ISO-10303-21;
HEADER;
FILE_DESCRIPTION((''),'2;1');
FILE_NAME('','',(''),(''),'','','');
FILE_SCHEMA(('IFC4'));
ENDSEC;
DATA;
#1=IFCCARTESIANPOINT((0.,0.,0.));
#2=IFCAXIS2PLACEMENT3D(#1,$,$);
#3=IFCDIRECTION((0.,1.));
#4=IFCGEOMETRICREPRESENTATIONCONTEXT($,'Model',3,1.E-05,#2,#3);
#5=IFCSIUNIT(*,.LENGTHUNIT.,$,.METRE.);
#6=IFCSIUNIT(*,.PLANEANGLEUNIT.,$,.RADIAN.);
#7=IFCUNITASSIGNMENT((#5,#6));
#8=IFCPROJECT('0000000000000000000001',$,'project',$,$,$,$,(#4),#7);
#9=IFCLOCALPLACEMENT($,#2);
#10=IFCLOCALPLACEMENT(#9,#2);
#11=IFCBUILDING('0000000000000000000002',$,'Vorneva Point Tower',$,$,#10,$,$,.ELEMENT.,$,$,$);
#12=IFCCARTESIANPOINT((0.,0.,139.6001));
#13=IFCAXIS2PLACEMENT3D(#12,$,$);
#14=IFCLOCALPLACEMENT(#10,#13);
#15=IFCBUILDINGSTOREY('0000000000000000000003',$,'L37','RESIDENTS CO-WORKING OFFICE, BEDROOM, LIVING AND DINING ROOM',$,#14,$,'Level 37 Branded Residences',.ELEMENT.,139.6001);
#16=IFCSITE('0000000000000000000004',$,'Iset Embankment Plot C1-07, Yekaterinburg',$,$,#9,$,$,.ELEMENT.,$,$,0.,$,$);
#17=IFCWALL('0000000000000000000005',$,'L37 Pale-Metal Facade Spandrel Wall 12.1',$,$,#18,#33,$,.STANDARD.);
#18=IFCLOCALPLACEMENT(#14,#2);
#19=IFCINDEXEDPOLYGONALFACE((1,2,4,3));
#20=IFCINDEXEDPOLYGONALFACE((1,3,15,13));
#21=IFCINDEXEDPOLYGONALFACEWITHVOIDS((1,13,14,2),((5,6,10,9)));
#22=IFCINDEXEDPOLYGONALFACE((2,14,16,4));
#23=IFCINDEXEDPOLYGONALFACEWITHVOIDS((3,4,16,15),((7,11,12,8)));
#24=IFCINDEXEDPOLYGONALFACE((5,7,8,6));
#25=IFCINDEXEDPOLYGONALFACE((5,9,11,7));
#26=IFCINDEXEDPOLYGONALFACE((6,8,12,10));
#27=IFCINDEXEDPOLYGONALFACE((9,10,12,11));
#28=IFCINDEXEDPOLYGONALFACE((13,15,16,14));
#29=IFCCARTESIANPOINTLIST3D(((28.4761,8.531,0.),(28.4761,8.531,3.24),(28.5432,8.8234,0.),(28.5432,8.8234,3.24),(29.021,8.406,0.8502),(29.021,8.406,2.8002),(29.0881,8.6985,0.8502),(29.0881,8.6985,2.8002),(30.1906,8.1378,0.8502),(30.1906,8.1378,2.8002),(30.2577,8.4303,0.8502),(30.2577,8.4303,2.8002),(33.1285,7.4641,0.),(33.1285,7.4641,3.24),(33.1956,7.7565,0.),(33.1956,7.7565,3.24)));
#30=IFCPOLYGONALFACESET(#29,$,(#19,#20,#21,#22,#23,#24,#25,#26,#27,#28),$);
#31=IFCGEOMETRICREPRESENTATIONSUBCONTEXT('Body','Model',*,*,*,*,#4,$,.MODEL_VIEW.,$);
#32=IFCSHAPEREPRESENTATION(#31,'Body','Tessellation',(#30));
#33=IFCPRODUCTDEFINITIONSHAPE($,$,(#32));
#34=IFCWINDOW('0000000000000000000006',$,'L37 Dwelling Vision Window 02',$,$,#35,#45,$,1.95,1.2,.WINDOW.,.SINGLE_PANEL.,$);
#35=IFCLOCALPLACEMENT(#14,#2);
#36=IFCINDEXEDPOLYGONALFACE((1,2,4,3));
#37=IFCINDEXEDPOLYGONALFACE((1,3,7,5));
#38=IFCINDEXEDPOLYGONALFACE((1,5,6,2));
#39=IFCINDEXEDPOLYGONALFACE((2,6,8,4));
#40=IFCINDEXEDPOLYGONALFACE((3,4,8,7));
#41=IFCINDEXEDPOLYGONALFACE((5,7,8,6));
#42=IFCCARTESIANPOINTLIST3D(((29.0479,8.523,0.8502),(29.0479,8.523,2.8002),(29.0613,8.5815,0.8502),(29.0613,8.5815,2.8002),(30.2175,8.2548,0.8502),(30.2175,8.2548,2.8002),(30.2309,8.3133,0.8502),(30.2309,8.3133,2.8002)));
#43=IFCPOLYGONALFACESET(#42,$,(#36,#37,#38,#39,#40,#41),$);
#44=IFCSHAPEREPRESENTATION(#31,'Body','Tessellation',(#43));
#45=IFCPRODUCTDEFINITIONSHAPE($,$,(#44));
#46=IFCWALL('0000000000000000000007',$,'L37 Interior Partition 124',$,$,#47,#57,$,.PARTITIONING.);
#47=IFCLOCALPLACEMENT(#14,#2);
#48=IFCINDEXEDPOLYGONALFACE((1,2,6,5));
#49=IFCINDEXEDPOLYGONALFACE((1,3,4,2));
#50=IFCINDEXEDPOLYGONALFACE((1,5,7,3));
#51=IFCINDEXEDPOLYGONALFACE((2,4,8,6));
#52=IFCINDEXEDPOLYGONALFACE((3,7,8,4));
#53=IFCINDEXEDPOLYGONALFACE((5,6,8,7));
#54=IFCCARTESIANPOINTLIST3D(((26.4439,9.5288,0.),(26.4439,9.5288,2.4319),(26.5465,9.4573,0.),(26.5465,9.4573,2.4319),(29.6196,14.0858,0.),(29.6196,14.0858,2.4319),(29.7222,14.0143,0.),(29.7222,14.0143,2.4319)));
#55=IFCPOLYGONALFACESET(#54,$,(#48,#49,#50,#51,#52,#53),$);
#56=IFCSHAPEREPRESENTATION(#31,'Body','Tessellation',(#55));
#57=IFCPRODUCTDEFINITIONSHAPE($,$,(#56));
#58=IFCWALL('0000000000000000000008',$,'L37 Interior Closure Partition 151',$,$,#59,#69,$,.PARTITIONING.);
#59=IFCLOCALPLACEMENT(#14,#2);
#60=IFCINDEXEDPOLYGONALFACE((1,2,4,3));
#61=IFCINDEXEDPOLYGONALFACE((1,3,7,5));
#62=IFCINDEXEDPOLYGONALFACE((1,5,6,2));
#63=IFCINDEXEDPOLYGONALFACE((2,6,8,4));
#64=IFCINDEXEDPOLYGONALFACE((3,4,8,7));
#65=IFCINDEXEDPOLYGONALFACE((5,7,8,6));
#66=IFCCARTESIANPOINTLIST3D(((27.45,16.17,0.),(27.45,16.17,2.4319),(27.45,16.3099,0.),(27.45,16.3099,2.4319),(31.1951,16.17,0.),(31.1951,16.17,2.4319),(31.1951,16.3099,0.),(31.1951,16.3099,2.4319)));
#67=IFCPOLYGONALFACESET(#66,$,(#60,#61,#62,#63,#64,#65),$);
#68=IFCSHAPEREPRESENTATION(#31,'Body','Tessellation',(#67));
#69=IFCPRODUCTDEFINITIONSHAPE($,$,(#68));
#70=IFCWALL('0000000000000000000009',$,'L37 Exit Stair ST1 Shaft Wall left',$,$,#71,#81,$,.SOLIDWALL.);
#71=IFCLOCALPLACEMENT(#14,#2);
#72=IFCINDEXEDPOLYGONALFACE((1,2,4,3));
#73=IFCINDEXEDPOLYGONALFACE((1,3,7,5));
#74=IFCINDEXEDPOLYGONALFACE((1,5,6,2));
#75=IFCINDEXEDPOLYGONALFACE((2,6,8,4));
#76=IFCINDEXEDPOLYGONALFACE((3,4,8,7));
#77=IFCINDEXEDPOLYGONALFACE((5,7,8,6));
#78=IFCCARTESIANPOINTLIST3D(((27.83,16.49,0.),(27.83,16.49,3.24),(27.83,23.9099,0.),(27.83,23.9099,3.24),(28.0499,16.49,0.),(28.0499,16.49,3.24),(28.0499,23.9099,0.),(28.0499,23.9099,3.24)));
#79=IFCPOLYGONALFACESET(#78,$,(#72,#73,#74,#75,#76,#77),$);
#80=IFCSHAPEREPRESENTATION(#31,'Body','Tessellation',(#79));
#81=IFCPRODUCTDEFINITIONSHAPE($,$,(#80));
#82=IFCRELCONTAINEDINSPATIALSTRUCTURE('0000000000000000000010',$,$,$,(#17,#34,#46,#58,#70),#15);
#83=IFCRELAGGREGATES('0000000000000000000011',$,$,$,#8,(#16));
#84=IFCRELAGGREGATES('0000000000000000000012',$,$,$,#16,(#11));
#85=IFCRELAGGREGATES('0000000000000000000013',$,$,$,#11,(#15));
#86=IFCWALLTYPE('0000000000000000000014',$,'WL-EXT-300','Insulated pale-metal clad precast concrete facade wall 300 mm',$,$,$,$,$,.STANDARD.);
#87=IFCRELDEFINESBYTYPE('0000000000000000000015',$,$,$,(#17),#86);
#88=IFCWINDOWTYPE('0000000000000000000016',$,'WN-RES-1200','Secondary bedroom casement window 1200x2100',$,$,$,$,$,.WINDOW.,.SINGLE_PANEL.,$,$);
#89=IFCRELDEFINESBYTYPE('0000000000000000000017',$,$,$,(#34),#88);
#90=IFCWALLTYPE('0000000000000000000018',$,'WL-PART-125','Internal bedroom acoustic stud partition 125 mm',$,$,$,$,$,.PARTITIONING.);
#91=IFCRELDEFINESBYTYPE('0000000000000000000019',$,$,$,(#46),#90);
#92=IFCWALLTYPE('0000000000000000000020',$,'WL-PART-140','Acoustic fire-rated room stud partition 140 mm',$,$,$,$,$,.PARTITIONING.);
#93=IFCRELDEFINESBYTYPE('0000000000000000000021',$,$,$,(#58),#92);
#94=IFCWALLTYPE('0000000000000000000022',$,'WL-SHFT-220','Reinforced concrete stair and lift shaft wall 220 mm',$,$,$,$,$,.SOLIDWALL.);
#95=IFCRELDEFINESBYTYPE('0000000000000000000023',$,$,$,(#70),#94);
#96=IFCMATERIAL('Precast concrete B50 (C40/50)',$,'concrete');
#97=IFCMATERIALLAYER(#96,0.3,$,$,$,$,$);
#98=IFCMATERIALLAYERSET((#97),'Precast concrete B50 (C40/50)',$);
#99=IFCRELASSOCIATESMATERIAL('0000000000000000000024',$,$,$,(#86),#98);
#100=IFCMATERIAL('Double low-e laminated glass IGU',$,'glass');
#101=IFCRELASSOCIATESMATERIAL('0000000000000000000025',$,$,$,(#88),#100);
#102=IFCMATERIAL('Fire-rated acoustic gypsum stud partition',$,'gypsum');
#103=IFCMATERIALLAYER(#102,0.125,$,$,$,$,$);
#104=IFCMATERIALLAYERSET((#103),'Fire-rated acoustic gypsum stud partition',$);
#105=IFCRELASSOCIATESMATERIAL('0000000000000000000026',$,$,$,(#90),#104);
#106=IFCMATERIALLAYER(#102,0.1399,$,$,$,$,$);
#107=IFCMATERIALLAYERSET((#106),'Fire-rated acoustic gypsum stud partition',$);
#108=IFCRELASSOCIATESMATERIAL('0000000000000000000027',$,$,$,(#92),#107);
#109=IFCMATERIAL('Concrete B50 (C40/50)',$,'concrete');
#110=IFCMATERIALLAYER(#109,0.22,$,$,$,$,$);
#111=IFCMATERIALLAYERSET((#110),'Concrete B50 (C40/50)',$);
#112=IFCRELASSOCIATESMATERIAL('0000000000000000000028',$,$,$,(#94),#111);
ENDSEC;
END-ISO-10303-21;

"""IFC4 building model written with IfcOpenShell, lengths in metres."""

from ifc_helpers import new_model, si_unit, direction, frame, frame_2d, origin, place, context, subcontext, project, spatial, rectangle, extrude, material, layer, layer_set, type_object, element, fill, save


model = new_model("IFC4")

# Units and contexts
model_context = context("Model", 3, precision=1e-05, world=origin(), true_north=direction((0.0, 1.0)))
body_context = subcontext(model_context, "Body", "Model", "MODEL_VIEW")
ifc_project = project(units=[si_unit("LENGTHUNIT", "METRE"), si_unit("PLANEANGLEUNIT", "RADIAN")], contexts=[model_context])

# Site, building, storey
site_placement = place(None, origin())
site = spatial("IfcSite", under=ifc_project, at=site_placement, Name="Iset Embankment Plot C1-07, Yekaterinburg", CompositionType="ELEMENT", RefElevation=0.0)
building_placement = place(site_placement, origin())
building = spatial("IfcBuilding", under=site, at=building_placement, Name="Vorneva Point Tower", CompositionType="ELEMENT")
storey_placement = place(building_placement, frame((0.0, 0.0, 139.6001)))
storey = spatial("IfcBuildingStorey", under=building, at=storey_placement, Name="L37", Description="RESIDENTS CO-WORKING OFFICE, BEDROOM, LIVING AND DINING ROOM", LongName="Level 37 Branded Residences", CompositionType="ELEMENT", Elevation=139.6001)

# Wall, opening, window
ifc_material_1 = material(Name="Precast concrete B50 (C40/50)", Category="concrete")
ifc_layer_1 = layer(ifc_material_1, 0.3)
ifc_layer_set_1 = layer_set([ifc_layer_1], Name="Precast concrete B50 (C40/50)")
wall_type_1 = type_object("IfcWallType", Name="WL-EXT-300", Description="Insulated pale-metal clad precast concrete facade wall 300 mm", PredefinedType="STANDARD", material=ifc_layer_set_1)
wall_1_placement = place(storey_placement, frame((28.5095, 8.6772, 0.0), z_axis=(0.0, 0.0, 1.0), x_axis=(0.974699, -0.223522, 0.0)))
wall_1 = element("IfcWall", 1, at=wall_1_placement, inside=storey, type_object=wall_type_1, Name="L37 Pale-Metal Facade Spandrel Wall 12.1", PredefinedType="STANDARD", context=body_context, shape_type="SweptSolid", body=[
    extrude(rectangle(XDim=4.7732, YDim=0.3, at=frame_2d((2.3867, 0.0))), origin(), (0.0, 0.0, 1.0), 3.24),
])
opening_placement = place(wall_1_placement, frame((0.5591, 0.0, 0.8501)))
opening = element("IfcOpeningElement", 2, at=opening_placement, cuts=wall_1, PredefinedType="OPENING", context=body_context, shape_type="SweptSolid", body=[
    extrude(rectangle(XDim=1.2, YDim=1.95, at=frame_2d((0.6001, 0.9751))), frame((0.0, 0.165, 0.0), z_axis=(0.0, -1.0, 0.0), x_axis=(1.0, 0.0, 0.0)), (0.0, 0.0, 1.0), 0.3298),
])
ifc_material_2 = material(Name="Double low-e laminated glass IGU", Category="glass")
window_type = type_object("IfcWindowType", Name="WN-RES-1200", Description="Secondary bedroom casement window 1200x2100", PartitioningType="SINGLE_PANEL", PredefinedType="WINDOW", material=ifc_material_2)
window_placement = place(opening_placement, origin())
window = element("IfcWindow", 3, at=window_placement, inside=storey, type_object=window_type, Name="L37 Dwelling Vision Window 02", OverallHeight=1.95, OverallWidth=1.2, PartitioningType="SINGLE_PANEL", PredefinedType="WINDOW", context=body_context, shape_type="SweptSolid", body=[
    extrude(rectangle(XDim=1.2, YDim=1.95, at=frame_2d((0.6001, 0.9751))), frame((0.0, 0.03, 0.0), z_axis=(0.0, -1.0, 0.0), x_axis=(1.0, 0.0, 0.0)), (0.0, 0.0, 1.0), 0.0601),
])
fill(opening, window)

# Walls
ifc_material_3 = material(Name="Fire-rated acoustic gypsum stud partition", Category="gypsum")
ifc_layer_2 = layer(ifc_material_3, 0.125)
ifc_layer_set_2 = layer_set([ifc_layer_2], Name="Fire-rated acoustic gypsum stud partition")
wall_type_2 = type_object("IfcWallType", Name="WL-PART-125", Description="Internal bedroom acoustic stud partition 125 mm", PredefinedType="PARTITIONING", material=ifc_layer_set_2)
wall_2_placement = place(storey_placement, frame((26.4951, 9.4929, 0.0), z_axis=(0.0, 0.0, 1.0), x_axis=(0.571744, 0.820432, 0.0)))
element("IfcWall", 4, at=wall_2_placement, inside=storey, type_object=wall_type_2, Name="L37 Interior Partition 124", PredefinedType="PARTITIONING", context=body_context, shape_type="SweptSolid", body=[
    extrude(rectangle(XDim=5.5544, YDim=0.125, at=frame_2d((2.7773, 0.0))), origin(), (0.0, 0.0, 1.0), 2.4319),
])
ifc_layer_3 = layer(ifc_material_3, 0.1399)
ifc_layer_set_3 = layer_set([ifc_layer_3], Name="Fire-rated acoustic gypsum stud partition")
wall_type_3 = type_object("IfcWallType", Name="WL-PART-140", Description="Acoustic fire-rated room stud partition 140 mm", PredefinedType="PARTITIONING", material=ifc_layer_set_3)
wall_3_placement = place(storey_placement, frame((27.45, 16.24, 0.0), z_axis=(0.0, 0.0, 1.0), x_axis=(1.0, 0.0, 0.0)))
element("IfcWall", 5, at=wall_3_placement, inside=storey, type_object=wall_type_3, Name="L37 Interior Closure Partition 151", PredefinedType="PARTITIONING", context=body_context, shape_type="SweptSolid", body=[
    extrude(rectangle(XDim=3.7451, YDim=0.1399, at=frame_2d((1.8726, 0.0))), origin(), (0.0, 0.0, 1.0), 2.4319),
])
ifc_material_4 = material(Name="Concrete B50 (C40/50)", Category="concrete")
ifc_layer_4 = layer(ifc_material_4, 0.22)
ifc_layer_set_4 = layer_set([ifc_layer_4], Name="Concrete B50 (C40/50)")
wall_type_4 = type_object("IfcWallType", Name="WL-SHFT-220", Description="Reinforced concrete stair and lift shaft wall 220 mm", PredefinedType="SOLIDWALL", material=ifc_layer_set_4)
wall_4_placement = place(storey_placement, frame((27.9399, 16.49, 0.0), z_axis=(0.0, 0.0, 1.0), x_axis=(0.0, 1.0, 0.0)))
element("IfcWall", 6, at=wall_4_placement, inside=storey, type_object=wall_type_4, Name="L37 Exit Stair ST1 Shaft Wall left", PredefinedType="SOLIDWALL", context=body_context, shape_type="SweptSolid", body=[
    extrude(rectangle(XDim=7.4199, YDim=0.22, at=frame_2d((3.71, 0.0))), origin(), (0.0, 0.0, 1.0), 3.24),
])

save(model, "model.ifc")
